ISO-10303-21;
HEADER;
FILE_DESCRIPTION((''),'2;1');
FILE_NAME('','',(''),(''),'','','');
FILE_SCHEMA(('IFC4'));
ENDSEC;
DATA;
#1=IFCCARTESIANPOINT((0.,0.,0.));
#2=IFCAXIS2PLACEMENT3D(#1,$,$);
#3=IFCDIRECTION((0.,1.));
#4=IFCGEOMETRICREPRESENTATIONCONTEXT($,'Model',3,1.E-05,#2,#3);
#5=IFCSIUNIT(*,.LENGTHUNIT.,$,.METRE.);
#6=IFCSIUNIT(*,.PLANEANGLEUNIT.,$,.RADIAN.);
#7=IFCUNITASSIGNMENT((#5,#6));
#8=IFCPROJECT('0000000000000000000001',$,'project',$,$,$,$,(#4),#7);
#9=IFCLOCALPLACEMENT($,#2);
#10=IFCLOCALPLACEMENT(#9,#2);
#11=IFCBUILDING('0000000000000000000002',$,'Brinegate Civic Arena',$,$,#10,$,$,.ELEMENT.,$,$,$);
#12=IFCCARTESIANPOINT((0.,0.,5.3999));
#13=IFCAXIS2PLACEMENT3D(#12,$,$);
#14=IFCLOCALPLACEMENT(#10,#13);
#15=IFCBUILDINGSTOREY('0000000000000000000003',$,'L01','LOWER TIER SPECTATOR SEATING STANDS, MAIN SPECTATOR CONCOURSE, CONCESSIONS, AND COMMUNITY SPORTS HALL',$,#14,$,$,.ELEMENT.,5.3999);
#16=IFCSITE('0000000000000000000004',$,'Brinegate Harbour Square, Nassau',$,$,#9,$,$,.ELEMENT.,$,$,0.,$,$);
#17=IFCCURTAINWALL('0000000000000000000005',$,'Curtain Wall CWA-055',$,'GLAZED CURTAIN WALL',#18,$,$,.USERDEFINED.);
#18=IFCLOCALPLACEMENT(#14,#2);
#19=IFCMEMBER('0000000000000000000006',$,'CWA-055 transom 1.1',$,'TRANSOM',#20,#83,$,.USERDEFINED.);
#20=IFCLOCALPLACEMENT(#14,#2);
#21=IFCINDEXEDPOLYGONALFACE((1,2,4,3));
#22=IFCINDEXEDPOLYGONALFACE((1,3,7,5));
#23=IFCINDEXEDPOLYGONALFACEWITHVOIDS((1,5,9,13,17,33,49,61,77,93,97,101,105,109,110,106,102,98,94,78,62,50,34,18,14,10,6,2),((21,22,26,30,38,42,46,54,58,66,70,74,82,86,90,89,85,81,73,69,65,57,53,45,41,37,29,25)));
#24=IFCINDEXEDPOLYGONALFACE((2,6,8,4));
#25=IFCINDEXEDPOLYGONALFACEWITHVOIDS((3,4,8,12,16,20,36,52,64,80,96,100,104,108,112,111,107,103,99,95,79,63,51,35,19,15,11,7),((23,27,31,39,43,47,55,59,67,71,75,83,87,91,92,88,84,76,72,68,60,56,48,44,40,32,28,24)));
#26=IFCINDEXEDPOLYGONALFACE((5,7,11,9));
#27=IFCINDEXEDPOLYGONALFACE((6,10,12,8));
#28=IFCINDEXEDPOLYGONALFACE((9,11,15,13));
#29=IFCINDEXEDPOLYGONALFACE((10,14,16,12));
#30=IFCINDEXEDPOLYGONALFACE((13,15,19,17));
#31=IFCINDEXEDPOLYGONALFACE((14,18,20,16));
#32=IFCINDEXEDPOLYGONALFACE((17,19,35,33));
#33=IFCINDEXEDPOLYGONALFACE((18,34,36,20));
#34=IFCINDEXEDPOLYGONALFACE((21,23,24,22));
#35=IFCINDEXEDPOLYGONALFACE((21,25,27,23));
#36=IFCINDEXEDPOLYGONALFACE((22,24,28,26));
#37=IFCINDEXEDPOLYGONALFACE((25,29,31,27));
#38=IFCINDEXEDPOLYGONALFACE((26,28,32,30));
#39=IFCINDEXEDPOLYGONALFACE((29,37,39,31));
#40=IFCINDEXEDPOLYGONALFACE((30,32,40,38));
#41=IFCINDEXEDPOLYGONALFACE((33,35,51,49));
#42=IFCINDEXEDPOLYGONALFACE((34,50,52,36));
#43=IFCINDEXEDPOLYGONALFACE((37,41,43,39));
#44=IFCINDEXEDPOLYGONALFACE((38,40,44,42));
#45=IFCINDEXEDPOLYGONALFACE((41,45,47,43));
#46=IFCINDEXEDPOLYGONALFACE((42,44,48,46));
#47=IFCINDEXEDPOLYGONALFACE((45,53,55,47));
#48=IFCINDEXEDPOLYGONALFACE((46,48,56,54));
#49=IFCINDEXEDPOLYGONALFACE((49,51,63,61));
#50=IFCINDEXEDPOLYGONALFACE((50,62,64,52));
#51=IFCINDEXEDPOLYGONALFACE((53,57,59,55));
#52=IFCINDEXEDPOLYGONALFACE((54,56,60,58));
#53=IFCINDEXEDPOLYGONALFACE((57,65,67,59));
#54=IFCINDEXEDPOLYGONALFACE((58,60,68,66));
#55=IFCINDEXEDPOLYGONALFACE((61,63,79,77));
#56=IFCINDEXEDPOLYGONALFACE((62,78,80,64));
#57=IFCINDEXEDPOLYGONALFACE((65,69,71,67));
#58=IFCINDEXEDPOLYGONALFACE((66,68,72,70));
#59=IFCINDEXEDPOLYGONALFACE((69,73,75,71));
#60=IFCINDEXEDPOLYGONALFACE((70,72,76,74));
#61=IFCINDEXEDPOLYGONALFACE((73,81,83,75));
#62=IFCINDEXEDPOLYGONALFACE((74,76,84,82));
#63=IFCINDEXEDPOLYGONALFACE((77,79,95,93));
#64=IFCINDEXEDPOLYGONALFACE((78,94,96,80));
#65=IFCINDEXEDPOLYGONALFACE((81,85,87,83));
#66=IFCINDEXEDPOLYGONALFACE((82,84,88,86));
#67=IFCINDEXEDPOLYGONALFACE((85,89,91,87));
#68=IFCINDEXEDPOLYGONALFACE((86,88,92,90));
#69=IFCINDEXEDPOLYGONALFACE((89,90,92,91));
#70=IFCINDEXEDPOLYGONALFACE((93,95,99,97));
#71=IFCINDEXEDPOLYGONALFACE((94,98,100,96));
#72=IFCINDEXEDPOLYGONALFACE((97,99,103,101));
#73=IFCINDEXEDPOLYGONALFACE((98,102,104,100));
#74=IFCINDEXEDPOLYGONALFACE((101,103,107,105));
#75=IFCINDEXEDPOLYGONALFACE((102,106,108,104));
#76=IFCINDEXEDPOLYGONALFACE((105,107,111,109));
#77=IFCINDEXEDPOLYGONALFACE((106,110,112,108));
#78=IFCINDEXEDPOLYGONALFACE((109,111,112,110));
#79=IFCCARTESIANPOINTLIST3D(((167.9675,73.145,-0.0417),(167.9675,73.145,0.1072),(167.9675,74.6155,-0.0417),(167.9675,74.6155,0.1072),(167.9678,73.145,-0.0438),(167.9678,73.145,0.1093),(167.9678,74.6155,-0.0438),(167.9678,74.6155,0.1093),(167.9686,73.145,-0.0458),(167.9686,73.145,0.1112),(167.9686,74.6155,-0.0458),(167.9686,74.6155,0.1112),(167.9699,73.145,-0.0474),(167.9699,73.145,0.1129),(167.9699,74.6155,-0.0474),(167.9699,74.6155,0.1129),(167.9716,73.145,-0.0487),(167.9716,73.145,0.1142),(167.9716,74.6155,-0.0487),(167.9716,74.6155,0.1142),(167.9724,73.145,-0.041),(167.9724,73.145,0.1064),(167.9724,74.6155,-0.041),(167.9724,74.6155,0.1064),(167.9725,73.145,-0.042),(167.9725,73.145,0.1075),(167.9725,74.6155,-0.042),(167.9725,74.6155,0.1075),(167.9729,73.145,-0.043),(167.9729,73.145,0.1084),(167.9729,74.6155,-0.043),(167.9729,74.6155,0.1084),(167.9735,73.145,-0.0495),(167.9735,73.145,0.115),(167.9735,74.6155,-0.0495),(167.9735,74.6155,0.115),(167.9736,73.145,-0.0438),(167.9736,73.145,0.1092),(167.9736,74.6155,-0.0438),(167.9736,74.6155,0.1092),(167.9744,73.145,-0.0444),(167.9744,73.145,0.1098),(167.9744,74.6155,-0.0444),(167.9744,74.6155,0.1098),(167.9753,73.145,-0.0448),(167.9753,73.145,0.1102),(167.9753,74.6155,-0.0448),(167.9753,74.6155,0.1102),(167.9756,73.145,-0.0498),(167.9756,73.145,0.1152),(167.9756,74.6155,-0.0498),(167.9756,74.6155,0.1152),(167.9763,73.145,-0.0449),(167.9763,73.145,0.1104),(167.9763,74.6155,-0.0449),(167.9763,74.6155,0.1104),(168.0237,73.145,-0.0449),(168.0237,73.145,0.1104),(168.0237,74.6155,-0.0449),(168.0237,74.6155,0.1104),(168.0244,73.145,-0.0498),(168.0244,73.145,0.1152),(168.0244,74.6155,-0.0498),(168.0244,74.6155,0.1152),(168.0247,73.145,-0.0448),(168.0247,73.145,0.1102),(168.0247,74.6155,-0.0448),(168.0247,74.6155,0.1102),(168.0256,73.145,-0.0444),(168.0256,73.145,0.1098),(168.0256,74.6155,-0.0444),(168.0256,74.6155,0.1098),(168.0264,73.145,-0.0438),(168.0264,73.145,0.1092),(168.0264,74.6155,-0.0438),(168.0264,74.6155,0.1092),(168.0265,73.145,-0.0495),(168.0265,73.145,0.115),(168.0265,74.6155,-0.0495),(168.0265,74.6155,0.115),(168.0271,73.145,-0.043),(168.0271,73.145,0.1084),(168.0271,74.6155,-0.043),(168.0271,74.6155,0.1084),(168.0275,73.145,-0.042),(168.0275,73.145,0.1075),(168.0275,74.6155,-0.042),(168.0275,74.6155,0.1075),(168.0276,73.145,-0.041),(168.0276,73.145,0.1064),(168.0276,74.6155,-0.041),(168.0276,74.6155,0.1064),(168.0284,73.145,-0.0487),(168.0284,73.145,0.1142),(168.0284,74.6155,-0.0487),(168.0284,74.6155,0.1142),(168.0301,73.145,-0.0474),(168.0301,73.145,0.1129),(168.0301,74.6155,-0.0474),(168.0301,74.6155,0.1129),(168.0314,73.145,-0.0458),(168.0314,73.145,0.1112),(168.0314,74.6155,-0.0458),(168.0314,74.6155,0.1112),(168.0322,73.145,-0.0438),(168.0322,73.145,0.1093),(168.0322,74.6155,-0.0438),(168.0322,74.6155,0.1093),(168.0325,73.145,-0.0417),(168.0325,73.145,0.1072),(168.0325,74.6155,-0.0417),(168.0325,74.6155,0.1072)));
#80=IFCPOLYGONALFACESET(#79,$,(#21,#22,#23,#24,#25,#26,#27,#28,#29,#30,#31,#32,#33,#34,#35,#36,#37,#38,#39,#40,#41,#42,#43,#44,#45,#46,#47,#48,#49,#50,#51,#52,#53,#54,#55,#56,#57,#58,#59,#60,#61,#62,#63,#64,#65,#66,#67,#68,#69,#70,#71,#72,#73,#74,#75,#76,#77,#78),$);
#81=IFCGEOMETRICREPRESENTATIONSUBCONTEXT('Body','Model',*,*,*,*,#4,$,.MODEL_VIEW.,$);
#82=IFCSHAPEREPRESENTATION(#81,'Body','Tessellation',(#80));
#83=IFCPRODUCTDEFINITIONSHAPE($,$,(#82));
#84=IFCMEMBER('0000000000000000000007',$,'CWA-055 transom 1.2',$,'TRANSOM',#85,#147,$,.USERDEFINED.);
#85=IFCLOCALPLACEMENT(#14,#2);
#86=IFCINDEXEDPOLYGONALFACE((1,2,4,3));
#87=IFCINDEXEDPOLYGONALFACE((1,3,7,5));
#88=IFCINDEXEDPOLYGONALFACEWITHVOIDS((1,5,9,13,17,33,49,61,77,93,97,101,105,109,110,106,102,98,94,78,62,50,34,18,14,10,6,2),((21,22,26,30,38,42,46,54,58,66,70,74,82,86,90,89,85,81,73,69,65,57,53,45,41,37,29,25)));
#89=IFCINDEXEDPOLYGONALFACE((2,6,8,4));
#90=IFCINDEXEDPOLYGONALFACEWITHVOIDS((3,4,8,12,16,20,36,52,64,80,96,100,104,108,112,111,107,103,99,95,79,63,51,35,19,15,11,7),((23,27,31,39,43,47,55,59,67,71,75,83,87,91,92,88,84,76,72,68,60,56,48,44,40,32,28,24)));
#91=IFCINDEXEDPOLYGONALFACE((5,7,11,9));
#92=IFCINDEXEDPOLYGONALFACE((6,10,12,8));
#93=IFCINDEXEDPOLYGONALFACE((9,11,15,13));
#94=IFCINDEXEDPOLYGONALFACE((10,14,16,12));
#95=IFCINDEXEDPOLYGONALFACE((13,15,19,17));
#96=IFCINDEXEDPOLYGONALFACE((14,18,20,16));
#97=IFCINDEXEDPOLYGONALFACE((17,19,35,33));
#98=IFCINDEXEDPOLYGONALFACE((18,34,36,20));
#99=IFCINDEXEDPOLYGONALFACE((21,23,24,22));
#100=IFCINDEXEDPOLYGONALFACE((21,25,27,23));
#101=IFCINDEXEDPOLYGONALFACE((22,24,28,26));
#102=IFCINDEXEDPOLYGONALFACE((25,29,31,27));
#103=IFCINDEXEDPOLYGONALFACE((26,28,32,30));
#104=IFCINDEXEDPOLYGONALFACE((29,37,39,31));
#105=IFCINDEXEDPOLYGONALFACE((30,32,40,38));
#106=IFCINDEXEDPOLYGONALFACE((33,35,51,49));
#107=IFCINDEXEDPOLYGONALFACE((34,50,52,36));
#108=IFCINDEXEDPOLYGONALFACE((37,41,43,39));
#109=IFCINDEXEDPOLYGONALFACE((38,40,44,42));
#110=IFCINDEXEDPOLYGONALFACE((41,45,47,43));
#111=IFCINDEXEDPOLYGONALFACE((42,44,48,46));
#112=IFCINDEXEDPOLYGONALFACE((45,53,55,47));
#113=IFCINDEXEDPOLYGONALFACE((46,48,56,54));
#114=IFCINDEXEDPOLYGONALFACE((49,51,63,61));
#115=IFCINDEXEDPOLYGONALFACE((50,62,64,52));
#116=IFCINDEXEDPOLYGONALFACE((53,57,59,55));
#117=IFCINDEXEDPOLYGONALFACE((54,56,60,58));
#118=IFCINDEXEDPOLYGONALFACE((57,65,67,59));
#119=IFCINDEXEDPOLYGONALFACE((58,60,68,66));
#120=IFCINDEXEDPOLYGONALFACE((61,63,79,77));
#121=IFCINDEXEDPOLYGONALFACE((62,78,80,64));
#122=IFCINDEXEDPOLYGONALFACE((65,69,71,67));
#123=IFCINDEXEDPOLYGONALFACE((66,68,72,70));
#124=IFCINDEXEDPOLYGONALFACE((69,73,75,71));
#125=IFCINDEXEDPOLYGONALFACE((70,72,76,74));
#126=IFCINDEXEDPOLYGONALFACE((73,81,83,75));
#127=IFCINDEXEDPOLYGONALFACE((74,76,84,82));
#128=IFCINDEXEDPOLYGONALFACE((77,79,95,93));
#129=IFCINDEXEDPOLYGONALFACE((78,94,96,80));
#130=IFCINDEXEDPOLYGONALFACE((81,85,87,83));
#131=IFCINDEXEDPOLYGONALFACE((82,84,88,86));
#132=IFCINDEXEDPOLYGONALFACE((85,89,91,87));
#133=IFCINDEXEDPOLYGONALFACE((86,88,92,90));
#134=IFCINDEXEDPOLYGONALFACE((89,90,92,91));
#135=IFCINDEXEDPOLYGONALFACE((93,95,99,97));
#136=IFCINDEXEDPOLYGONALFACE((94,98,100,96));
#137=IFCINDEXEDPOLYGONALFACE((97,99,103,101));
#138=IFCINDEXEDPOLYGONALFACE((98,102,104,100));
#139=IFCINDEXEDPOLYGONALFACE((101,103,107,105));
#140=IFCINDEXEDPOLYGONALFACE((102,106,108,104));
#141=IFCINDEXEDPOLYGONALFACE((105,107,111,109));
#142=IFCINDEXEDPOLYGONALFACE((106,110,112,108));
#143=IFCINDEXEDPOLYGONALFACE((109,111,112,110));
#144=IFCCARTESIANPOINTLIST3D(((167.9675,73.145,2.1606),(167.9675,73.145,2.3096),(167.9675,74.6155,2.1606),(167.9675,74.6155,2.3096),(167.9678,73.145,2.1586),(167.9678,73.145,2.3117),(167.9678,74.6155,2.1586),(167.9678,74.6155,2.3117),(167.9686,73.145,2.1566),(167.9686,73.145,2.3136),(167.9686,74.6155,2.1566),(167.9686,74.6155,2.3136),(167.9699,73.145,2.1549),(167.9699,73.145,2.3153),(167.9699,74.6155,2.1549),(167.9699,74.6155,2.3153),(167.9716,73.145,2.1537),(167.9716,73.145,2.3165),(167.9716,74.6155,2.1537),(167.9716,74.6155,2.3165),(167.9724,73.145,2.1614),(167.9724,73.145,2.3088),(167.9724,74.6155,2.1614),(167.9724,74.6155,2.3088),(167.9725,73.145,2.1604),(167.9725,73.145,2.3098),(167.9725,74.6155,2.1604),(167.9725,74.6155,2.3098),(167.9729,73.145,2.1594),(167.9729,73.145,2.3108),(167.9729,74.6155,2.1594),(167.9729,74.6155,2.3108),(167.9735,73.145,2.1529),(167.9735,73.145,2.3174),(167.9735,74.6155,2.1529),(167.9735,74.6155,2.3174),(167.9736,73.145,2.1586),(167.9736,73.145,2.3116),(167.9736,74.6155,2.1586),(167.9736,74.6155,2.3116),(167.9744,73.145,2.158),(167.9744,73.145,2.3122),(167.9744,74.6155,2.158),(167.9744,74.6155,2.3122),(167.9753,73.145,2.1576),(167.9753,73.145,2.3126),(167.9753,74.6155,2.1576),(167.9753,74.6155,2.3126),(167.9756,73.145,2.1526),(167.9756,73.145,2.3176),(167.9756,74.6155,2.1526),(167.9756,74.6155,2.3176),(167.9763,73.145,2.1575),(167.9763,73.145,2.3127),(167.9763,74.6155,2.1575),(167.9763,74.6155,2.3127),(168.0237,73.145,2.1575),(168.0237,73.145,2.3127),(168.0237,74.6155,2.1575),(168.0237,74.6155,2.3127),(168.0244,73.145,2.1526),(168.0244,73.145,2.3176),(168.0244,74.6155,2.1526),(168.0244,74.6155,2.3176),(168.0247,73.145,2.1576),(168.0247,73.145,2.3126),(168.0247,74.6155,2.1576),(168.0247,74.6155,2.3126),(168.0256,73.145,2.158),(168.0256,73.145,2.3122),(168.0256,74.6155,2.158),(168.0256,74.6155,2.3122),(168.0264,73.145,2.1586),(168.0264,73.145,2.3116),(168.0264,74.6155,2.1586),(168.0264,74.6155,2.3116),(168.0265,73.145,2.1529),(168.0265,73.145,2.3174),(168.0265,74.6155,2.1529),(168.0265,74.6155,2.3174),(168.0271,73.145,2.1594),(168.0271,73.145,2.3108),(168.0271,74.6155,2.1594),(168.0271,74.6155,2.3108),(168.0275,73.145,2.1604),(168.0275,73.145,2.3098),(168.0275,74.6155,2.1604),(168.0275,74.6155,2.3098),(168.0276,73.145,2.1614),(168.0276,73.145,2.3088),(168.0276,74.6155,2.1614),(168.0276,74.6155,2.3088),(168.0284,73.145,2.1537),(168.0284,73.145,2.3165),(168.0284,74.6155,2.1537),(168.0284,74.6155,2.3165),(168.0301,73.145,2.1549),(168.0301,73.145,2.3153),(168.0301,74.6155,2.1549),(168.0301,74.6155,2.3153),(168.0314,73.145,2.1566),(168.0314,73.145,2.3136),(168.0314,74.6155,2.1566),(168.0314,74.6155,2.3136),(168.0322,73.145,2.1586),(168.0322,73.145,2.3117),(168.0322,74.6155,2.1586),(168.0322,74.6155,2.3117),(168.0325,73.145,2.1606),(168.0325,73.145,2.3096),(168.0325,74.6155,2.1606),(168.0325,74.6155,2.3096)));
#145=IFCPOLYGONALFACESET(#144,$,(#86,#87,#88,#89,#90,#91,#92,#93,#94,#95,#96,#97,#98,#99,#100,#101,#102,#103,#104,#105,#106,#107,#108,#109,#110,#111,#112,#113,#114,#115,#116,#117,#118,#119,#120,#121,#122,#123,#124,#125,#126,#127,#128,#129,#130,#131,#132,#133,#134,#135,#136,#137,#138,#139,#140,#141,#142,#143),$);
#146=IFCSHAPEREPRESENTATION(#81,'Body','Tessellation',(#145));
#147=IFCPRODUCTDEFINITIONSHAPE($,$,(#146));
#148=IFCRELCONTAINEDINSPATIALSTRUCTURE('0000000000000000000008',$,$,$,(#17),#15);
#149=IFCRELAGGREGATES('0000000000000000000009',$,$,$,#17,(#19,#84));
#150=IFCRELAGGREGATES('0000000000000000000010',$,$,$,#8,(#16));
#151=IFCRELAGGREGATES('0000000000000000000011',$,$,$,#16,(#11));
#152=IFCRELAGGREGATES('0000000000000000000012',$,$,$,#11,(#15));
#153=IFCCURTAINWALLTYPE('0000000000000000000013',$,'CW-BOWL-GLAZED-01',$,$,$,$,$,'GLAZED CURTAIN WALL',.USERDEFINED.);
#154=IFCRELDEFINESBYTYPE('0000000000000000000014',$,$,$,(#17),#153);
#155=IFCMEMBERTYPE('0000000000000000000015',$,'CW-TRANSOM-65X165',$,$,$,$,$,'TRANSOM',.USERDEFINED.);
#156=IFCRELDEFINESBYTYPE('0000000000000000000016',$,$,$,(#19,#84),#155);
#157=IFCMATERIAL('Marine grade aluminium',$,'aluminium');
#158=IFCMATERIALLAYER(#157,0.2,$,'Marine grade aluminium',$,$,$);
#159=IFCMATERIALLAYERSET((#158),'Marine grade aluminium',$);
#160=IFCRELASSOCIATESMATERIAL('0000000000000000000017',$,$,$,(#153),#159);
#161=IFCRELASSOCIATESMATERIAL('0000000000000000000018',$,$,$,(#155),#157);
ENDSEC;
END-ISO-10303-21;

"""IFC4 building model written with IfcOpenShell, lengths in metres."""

from ifc_helpers import new_model, si_unit, direction, frame, origin, origin_2d, place, context, subcontext, project, spatial, hollow_rectangle, extrude, material, layer, layer_set, material_profile, profile_set, type_object, element, aggregate, save


model = new_model("IFC4")

# Units and contexts
model_context = context("Model", 3, precision=1e-05, world=origin(), true_north=direction((0.0, 1.0)))
body_context = subcontext(model_context, "Body", "Model", "MODEL_VIEW")
ifc_project = project(units=[si_unit("LENGTHUNIT", "METRE"), si_unit("PLANEANGLEUNIT", "RADIAN")], contexts=[model_context])

# Site, building, storey
site_placement = place(None, origin())
site = spatial("IfcSite", under=ifc_project, at=site_placement, Name="Brinegate Harbour Square, Nassau", CompositionType="ELEMENT", RefElevation=0.0)
building_placement = place(site_placement, origin())
building = spatial("IfcBuilding", under=site, at=building_placement, Name="Brinegate Civic Arena", CompositionType="ELEMENT")
storey_placement = place(building_placement, frame((0.0, 0.0, 5.3999)))
storey = spatial("IfcBuildingStorey", under=building, at=storey_placement, Name="L01", Description="LOWER TIER SPECTATOR SEATING STANDS, MAIN SPECTATOR CONCOURSE, CONCESSIONS, AND COMMUNITY SPORTS HALL", CompositionType="ELEMENT", Elevation=5.3999)

# Curtain wall
ifc_material_1 = material(Name="Marine grade aluminium", Category="aluminium")
ifc_layer_1 = layer(ifc_material_1, 0.2, Name="Marine grade aluminium")
ifc_layer_set_1 = layer_set([ifc_layer_1], Name="Marine grade aluminium")
curtain_wall_type = type_object("IfcCurtainWallType", Name="CW-BOWL-GLAZED-01", ElementType="GLAZED CURTAIN WALL", PredefinedType="USERDEFINED", material=ifc_layer_set_1)
curtain_wall_1_placement = place(storey_placement, origin())
curtain_wall_1 = element("IfcCurtainWall", 1, at=curtain_wall_1_placement, inside=storey, type_object=curtain_wall_type, Name="Curtain Wall CWA-055", ObjectType="GLAZED CURTAIN WALL", PredefinedType="USERDEFINED")

# Members
ifc_material_profile_1 = material_profile(ifc_material_1, hollow_rectangle(XDim=0.0649, YDim=0.165, WallThickness=0.0049, InnerFilletRadius=0.0039, OuterFilletRadius=0.0081, at=origin_2d()), Name="TRN65X165")
ifc_profile_set_1 = profile_set([ifc_material_profile_1], Name="Marine grade aluminium")
member_type_1 = type_object("IfcMemberType", Name="CW-TRANSOM-65X165", ElementType="TRANSOM", PredefinedType="USERDEFINED", material=ifc_profile_set_1)
member_1_placement = place(storey_placement, frame((168.0, 73.145, 0.0327), z_axis=(0.0, 1.0, 0.0), x_axis=(-1.0, 0.0, 0.0)))
member_1 = element("IfcMember", 2, at=member_1_placement, type_object=member_type_1, Name="CWA-055 transom 1.1", ObjectType="TRANSOM", PredefinedType="USERDEFINED", context=body_context, shape_type="SweptSolid", body=[
    extrude(hollow_rectangle(XDim=0.0649, YDim=0.165, WallThickness=0.0049, InnerFilletRadius=0.0039, OuterFilletRadius=0.0081, at=origin_2d()), origin(), (0.0, 0.0, 1.0), 1.4705),
])
member_2_placement = place(storey_placement, frame((168.0, 73.145, 2.2351), z_axis=(0.0, 1.0, 0.0), x_axis=(-1.0, 0.0, 0.0)))
member_2 = element("IfcMember", 3, at=member_2_placement, type_object=member_type_1, Name="CWA-055 transom 1.2", ObjectType="TRANSOM", PredefinedType="USERDEFINED", context=body_context, shape_type="SweptSolid", body=[
    extrude(hollow_rectangle(XDim=0.0649, YDim=0.165, WallThickness=0.0049, InnerFilletRadius=0.0039, OuterFilletRadius=0.0081, at=origin_2d()), origin(), (0.0, 0.0, 1.0), 1.4705),
])

aggregate(curtain_wall_1, [member_1, member_2])

save(model, "model.ifc")
